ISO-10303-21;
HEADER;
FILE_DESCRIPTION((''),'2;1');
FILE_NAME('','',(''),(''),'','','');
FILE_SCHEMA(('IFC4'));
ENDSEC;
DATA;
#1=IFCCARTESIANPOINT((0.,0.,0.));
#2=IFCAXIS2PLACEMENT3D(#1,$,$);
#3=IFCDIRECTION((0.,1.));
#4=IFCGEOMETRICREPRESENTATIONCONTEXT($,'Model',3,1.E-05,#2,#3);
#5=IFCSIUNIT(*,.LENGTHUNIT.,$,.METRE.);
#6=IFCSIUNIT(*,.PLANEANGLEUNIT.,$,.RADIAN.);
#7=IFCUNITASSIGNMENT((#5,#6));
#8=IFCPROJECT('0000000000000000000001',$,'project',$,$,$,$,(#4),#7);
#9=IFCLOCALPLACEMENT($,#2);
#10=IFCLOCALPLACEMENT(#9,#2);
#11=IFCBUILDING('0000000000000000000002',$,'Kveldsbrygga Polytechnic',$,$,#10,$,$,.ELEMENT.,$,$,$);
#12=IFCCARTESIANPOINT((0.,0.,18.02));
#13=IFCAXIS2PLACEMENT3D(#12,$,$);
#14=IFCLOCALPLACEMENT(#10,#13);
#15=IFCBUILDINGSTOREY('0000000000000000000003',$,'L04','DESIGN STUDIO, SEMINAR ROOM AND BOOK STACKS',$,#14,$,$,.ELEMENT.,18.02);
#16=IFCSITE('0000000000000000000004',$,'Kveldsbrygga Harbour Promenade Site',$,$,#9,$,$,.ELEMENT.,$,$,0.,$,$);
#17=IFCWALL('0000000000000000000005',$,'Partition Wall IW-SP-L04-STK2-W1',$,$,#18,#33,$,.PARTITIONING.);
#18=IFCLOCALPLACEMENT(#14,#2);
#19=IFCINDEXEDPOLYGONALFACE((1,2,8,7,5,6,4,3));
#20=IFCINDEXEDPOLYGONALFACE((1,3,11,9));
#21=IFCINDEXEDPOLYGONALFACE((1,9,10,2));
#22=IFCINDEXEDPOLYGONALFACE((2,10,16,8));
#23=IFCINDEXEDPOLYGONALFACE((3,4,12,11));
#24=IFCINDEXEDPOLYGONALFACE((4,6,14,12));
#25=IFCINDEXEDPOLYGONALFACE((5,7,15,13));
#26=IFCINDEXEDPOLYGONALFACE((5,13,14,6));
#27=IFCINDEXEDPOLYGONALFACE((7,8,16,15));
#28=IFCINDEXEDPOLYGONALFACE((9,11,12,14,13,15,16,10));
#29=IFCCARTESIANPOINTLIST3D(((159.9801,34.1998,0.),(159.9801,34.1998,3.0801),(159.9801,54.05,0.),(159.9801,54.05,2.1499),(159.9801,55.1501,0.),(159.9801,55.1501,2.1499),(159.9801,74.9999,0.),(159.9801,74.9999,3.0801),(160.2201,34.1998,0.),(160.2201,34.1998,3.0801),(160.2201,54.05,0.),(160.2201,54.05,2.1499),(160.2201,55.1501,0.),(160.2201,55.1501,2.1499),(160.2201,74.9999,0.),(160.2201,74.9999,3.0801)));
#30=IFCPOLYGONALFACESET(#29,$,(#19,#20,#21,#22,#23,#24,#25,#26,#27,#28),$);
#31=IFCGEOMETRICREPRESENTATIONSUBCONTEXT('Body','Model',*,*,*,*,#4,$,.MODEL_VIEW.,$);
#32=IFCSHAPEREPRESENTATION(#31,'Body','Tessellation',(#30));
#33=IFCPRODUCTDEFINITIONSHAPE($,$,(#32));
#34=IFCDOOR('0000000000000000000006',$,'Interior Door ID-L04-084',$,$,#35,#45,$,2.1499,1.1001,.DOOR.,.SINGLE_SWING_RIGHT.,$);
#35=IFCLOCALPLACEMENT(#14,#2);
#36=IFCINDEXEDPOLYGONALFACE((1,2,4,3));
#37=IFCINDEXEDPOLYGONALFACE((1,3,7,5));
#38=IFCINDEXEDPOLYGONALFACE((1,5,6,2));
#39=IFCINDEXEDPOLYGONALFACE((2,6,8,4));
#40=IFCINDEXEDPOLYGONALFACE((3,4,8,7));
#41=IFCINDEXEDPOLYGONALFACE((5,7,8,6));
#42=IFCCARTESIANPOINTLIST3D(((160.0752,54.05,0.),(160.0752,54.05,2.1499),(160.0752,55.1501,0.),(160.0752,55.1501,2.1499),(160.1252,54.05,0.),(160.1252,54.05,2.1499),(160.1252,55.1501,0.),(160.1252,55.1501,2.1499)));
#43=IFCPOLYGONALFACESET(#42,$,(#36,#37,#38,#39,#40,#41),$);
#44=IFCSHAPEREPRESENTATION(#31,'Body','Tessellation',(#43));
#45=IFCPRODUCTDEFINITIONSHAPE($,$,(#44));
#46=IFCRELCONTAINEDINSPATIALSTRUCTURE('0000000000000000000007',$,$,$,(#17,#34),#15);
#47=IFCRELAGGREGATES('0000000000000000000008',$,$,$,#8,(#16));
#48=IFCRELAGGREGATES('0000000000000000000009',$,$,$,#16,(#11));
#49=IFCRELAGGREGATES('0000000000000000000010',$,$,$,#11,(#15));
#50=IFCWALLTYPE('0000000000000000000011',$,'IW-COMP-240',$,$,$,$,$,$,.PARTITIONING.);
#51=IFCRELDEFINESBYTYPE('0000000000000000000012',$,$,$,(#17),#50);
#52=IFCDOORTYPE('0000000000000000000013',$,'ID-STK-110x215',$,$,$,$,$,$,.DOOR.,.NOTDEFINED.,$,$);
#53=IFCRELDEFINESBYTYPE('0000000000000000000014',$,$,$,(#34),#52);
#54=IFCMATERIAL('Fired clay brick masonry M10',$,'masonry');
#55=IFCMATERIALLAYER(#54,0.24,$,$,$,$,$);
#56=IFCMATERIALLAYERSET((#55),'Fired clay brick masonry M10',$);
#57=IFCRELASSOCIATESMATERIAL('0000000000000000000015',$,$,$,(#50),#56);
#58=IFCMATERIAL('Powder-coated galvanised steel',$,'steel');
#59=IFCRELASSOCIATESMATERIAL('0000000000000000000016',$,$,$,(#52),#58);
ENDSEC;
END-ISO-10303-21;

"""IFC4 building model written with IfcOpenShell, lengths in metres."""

from ifc_helpers import new_model, si_unit, direction, frame, frame_2d, origin, place, context, subcontext, project, spatial, rectangle, extrude, material, layer, layer_set, type_object, element, fill, save


model = new_model("IFC4")

# Units and contexts
model_context = context("Model", 3, precision=1e-05, world=origin(), true_north=direction((0.0, 1.0)))
body_context = subcontext(model_context, "Body", "Model", "MODEL_VIEW")
ifc_project = project(units=[si_unit("LENGTHUNIT", "METRE"), si_unit("PLANEANGLEUNIT", "RADIAN")], contexts=[model_context])

# Site, building, storey
site_placement = place(None, origin())
site = spatial("IfcSite", under=ifc_project, at=site_placement, Name="Kveldsbrygga Harbour Promenade Site", CompositionType="ELEMENT", RefElevation=0.0)
building_placement = place(site_placement, origin())
building = spatial("IfcBuilding", under=site, at=building_placement, Name="Kveldsbrygga Polytechnic", CompositionType="ELEMENT")
storey_placement = place(building_placement, frame((0.0, 0.0, 18.02)))
storey = spatial("IfcBuildingStorey", under=building, at=storey_placement, Name="L04", Description="DESIGN STUDIO, SEMINAR ROOM AND BOOK STACKS", CompositionType="ELEMENT", Elevation=18.02)

# Shared definitions
ifc_material_1 = material(Name="Fired clay brick masonry M10", Category="masonry")

# Wall, opening, door
ifc_layer_1 = layer(ifc_material_1, 0.24)
ifc_layer_set_1 = layer_set([ifc_layer_1], Name="Fired clay brick masonry M10")
wall_type_1 = type_object("IfcWallType", Name="IW-COMP-240", PredefinedType="PARTITIONING", material=ifc_layer_set_1)
wall_1_placement = place(storey_placement, frame((160.1001, 34.2, 0.0), z_axis=(0.0, 0.0, 1.0), x_axis=(0.0, 1.0, 0.0)))
wall_1 = element("IfcWall", 1, at=wall_1_placement, inside=storey, type_object=wall_type_1, Name="Partition Wall IW-SP-L04-STK2-W1", PredefinedType="PARTITIONING", context=body_context, shape_type="SweptSolid", body=[
    extrude(rectangle(XDim=40.8, YDim=0.24, at=frame_2d((20.3999, 0.0))), origin(), (0.0, 0.0, 1.0), 3.0801),
])
opening_1_placement = place(wall_1_placement, frame((19.8501, 0.0, 0.0)))
opening_1 = element("IfcOpeningElement", 2, at=opening_1_placement, cuts=wall_1, PredefinedType="OPENING", context=body_context, shape_type="SweptSolid", body=[
    extrude(rectangle(XDim=1.1001, YDim=2.1499, at=frame_2d((0.55, 1.075))), frame((0.0, 0.1299, 0.0), z_axis=(0.0, -1.0, 0.0), x_axis=(1.0, 0.0, 0.0)), (0.0, 0.0, 1.0), 0.26),
])
ifc_material_2 = material(Name="Powder-coated galvanised steel", Category="steel")
door_type = type_object("IfcDoorType", Name="ID-STK-110x215", OperationType="NOTDEFINED", PredefinedType="DOOR", material=ifc_material_2)
door_placement = place(opening_1_placement, origin())
door = element("IfcDoor", 3, at=door_placement, inside=storey, type_object=door_type, Name="Interior Door ID-L04-084", OperationType="SINGLE_SWING_RIGHT", OverallHeight=2.1499, OverallWidth=1.1001, PredefinedType="DOOR", context=body_context, shape_type="SweptSolid", body=[
    extrude(rectangle(XDim=1.1001, YDim=2.1499, at=frame_2d((0.55, 1.075))), frame((0.0, 0.0249, 0.0), z_axis=(0.0, -1.0, 0.0), x_axis=(1.0, 0.0, 0.0)), (0.0, 0.0, 1.0), 0.05),
])
fill(opening_1, door)

save(model, "model.ifc")
